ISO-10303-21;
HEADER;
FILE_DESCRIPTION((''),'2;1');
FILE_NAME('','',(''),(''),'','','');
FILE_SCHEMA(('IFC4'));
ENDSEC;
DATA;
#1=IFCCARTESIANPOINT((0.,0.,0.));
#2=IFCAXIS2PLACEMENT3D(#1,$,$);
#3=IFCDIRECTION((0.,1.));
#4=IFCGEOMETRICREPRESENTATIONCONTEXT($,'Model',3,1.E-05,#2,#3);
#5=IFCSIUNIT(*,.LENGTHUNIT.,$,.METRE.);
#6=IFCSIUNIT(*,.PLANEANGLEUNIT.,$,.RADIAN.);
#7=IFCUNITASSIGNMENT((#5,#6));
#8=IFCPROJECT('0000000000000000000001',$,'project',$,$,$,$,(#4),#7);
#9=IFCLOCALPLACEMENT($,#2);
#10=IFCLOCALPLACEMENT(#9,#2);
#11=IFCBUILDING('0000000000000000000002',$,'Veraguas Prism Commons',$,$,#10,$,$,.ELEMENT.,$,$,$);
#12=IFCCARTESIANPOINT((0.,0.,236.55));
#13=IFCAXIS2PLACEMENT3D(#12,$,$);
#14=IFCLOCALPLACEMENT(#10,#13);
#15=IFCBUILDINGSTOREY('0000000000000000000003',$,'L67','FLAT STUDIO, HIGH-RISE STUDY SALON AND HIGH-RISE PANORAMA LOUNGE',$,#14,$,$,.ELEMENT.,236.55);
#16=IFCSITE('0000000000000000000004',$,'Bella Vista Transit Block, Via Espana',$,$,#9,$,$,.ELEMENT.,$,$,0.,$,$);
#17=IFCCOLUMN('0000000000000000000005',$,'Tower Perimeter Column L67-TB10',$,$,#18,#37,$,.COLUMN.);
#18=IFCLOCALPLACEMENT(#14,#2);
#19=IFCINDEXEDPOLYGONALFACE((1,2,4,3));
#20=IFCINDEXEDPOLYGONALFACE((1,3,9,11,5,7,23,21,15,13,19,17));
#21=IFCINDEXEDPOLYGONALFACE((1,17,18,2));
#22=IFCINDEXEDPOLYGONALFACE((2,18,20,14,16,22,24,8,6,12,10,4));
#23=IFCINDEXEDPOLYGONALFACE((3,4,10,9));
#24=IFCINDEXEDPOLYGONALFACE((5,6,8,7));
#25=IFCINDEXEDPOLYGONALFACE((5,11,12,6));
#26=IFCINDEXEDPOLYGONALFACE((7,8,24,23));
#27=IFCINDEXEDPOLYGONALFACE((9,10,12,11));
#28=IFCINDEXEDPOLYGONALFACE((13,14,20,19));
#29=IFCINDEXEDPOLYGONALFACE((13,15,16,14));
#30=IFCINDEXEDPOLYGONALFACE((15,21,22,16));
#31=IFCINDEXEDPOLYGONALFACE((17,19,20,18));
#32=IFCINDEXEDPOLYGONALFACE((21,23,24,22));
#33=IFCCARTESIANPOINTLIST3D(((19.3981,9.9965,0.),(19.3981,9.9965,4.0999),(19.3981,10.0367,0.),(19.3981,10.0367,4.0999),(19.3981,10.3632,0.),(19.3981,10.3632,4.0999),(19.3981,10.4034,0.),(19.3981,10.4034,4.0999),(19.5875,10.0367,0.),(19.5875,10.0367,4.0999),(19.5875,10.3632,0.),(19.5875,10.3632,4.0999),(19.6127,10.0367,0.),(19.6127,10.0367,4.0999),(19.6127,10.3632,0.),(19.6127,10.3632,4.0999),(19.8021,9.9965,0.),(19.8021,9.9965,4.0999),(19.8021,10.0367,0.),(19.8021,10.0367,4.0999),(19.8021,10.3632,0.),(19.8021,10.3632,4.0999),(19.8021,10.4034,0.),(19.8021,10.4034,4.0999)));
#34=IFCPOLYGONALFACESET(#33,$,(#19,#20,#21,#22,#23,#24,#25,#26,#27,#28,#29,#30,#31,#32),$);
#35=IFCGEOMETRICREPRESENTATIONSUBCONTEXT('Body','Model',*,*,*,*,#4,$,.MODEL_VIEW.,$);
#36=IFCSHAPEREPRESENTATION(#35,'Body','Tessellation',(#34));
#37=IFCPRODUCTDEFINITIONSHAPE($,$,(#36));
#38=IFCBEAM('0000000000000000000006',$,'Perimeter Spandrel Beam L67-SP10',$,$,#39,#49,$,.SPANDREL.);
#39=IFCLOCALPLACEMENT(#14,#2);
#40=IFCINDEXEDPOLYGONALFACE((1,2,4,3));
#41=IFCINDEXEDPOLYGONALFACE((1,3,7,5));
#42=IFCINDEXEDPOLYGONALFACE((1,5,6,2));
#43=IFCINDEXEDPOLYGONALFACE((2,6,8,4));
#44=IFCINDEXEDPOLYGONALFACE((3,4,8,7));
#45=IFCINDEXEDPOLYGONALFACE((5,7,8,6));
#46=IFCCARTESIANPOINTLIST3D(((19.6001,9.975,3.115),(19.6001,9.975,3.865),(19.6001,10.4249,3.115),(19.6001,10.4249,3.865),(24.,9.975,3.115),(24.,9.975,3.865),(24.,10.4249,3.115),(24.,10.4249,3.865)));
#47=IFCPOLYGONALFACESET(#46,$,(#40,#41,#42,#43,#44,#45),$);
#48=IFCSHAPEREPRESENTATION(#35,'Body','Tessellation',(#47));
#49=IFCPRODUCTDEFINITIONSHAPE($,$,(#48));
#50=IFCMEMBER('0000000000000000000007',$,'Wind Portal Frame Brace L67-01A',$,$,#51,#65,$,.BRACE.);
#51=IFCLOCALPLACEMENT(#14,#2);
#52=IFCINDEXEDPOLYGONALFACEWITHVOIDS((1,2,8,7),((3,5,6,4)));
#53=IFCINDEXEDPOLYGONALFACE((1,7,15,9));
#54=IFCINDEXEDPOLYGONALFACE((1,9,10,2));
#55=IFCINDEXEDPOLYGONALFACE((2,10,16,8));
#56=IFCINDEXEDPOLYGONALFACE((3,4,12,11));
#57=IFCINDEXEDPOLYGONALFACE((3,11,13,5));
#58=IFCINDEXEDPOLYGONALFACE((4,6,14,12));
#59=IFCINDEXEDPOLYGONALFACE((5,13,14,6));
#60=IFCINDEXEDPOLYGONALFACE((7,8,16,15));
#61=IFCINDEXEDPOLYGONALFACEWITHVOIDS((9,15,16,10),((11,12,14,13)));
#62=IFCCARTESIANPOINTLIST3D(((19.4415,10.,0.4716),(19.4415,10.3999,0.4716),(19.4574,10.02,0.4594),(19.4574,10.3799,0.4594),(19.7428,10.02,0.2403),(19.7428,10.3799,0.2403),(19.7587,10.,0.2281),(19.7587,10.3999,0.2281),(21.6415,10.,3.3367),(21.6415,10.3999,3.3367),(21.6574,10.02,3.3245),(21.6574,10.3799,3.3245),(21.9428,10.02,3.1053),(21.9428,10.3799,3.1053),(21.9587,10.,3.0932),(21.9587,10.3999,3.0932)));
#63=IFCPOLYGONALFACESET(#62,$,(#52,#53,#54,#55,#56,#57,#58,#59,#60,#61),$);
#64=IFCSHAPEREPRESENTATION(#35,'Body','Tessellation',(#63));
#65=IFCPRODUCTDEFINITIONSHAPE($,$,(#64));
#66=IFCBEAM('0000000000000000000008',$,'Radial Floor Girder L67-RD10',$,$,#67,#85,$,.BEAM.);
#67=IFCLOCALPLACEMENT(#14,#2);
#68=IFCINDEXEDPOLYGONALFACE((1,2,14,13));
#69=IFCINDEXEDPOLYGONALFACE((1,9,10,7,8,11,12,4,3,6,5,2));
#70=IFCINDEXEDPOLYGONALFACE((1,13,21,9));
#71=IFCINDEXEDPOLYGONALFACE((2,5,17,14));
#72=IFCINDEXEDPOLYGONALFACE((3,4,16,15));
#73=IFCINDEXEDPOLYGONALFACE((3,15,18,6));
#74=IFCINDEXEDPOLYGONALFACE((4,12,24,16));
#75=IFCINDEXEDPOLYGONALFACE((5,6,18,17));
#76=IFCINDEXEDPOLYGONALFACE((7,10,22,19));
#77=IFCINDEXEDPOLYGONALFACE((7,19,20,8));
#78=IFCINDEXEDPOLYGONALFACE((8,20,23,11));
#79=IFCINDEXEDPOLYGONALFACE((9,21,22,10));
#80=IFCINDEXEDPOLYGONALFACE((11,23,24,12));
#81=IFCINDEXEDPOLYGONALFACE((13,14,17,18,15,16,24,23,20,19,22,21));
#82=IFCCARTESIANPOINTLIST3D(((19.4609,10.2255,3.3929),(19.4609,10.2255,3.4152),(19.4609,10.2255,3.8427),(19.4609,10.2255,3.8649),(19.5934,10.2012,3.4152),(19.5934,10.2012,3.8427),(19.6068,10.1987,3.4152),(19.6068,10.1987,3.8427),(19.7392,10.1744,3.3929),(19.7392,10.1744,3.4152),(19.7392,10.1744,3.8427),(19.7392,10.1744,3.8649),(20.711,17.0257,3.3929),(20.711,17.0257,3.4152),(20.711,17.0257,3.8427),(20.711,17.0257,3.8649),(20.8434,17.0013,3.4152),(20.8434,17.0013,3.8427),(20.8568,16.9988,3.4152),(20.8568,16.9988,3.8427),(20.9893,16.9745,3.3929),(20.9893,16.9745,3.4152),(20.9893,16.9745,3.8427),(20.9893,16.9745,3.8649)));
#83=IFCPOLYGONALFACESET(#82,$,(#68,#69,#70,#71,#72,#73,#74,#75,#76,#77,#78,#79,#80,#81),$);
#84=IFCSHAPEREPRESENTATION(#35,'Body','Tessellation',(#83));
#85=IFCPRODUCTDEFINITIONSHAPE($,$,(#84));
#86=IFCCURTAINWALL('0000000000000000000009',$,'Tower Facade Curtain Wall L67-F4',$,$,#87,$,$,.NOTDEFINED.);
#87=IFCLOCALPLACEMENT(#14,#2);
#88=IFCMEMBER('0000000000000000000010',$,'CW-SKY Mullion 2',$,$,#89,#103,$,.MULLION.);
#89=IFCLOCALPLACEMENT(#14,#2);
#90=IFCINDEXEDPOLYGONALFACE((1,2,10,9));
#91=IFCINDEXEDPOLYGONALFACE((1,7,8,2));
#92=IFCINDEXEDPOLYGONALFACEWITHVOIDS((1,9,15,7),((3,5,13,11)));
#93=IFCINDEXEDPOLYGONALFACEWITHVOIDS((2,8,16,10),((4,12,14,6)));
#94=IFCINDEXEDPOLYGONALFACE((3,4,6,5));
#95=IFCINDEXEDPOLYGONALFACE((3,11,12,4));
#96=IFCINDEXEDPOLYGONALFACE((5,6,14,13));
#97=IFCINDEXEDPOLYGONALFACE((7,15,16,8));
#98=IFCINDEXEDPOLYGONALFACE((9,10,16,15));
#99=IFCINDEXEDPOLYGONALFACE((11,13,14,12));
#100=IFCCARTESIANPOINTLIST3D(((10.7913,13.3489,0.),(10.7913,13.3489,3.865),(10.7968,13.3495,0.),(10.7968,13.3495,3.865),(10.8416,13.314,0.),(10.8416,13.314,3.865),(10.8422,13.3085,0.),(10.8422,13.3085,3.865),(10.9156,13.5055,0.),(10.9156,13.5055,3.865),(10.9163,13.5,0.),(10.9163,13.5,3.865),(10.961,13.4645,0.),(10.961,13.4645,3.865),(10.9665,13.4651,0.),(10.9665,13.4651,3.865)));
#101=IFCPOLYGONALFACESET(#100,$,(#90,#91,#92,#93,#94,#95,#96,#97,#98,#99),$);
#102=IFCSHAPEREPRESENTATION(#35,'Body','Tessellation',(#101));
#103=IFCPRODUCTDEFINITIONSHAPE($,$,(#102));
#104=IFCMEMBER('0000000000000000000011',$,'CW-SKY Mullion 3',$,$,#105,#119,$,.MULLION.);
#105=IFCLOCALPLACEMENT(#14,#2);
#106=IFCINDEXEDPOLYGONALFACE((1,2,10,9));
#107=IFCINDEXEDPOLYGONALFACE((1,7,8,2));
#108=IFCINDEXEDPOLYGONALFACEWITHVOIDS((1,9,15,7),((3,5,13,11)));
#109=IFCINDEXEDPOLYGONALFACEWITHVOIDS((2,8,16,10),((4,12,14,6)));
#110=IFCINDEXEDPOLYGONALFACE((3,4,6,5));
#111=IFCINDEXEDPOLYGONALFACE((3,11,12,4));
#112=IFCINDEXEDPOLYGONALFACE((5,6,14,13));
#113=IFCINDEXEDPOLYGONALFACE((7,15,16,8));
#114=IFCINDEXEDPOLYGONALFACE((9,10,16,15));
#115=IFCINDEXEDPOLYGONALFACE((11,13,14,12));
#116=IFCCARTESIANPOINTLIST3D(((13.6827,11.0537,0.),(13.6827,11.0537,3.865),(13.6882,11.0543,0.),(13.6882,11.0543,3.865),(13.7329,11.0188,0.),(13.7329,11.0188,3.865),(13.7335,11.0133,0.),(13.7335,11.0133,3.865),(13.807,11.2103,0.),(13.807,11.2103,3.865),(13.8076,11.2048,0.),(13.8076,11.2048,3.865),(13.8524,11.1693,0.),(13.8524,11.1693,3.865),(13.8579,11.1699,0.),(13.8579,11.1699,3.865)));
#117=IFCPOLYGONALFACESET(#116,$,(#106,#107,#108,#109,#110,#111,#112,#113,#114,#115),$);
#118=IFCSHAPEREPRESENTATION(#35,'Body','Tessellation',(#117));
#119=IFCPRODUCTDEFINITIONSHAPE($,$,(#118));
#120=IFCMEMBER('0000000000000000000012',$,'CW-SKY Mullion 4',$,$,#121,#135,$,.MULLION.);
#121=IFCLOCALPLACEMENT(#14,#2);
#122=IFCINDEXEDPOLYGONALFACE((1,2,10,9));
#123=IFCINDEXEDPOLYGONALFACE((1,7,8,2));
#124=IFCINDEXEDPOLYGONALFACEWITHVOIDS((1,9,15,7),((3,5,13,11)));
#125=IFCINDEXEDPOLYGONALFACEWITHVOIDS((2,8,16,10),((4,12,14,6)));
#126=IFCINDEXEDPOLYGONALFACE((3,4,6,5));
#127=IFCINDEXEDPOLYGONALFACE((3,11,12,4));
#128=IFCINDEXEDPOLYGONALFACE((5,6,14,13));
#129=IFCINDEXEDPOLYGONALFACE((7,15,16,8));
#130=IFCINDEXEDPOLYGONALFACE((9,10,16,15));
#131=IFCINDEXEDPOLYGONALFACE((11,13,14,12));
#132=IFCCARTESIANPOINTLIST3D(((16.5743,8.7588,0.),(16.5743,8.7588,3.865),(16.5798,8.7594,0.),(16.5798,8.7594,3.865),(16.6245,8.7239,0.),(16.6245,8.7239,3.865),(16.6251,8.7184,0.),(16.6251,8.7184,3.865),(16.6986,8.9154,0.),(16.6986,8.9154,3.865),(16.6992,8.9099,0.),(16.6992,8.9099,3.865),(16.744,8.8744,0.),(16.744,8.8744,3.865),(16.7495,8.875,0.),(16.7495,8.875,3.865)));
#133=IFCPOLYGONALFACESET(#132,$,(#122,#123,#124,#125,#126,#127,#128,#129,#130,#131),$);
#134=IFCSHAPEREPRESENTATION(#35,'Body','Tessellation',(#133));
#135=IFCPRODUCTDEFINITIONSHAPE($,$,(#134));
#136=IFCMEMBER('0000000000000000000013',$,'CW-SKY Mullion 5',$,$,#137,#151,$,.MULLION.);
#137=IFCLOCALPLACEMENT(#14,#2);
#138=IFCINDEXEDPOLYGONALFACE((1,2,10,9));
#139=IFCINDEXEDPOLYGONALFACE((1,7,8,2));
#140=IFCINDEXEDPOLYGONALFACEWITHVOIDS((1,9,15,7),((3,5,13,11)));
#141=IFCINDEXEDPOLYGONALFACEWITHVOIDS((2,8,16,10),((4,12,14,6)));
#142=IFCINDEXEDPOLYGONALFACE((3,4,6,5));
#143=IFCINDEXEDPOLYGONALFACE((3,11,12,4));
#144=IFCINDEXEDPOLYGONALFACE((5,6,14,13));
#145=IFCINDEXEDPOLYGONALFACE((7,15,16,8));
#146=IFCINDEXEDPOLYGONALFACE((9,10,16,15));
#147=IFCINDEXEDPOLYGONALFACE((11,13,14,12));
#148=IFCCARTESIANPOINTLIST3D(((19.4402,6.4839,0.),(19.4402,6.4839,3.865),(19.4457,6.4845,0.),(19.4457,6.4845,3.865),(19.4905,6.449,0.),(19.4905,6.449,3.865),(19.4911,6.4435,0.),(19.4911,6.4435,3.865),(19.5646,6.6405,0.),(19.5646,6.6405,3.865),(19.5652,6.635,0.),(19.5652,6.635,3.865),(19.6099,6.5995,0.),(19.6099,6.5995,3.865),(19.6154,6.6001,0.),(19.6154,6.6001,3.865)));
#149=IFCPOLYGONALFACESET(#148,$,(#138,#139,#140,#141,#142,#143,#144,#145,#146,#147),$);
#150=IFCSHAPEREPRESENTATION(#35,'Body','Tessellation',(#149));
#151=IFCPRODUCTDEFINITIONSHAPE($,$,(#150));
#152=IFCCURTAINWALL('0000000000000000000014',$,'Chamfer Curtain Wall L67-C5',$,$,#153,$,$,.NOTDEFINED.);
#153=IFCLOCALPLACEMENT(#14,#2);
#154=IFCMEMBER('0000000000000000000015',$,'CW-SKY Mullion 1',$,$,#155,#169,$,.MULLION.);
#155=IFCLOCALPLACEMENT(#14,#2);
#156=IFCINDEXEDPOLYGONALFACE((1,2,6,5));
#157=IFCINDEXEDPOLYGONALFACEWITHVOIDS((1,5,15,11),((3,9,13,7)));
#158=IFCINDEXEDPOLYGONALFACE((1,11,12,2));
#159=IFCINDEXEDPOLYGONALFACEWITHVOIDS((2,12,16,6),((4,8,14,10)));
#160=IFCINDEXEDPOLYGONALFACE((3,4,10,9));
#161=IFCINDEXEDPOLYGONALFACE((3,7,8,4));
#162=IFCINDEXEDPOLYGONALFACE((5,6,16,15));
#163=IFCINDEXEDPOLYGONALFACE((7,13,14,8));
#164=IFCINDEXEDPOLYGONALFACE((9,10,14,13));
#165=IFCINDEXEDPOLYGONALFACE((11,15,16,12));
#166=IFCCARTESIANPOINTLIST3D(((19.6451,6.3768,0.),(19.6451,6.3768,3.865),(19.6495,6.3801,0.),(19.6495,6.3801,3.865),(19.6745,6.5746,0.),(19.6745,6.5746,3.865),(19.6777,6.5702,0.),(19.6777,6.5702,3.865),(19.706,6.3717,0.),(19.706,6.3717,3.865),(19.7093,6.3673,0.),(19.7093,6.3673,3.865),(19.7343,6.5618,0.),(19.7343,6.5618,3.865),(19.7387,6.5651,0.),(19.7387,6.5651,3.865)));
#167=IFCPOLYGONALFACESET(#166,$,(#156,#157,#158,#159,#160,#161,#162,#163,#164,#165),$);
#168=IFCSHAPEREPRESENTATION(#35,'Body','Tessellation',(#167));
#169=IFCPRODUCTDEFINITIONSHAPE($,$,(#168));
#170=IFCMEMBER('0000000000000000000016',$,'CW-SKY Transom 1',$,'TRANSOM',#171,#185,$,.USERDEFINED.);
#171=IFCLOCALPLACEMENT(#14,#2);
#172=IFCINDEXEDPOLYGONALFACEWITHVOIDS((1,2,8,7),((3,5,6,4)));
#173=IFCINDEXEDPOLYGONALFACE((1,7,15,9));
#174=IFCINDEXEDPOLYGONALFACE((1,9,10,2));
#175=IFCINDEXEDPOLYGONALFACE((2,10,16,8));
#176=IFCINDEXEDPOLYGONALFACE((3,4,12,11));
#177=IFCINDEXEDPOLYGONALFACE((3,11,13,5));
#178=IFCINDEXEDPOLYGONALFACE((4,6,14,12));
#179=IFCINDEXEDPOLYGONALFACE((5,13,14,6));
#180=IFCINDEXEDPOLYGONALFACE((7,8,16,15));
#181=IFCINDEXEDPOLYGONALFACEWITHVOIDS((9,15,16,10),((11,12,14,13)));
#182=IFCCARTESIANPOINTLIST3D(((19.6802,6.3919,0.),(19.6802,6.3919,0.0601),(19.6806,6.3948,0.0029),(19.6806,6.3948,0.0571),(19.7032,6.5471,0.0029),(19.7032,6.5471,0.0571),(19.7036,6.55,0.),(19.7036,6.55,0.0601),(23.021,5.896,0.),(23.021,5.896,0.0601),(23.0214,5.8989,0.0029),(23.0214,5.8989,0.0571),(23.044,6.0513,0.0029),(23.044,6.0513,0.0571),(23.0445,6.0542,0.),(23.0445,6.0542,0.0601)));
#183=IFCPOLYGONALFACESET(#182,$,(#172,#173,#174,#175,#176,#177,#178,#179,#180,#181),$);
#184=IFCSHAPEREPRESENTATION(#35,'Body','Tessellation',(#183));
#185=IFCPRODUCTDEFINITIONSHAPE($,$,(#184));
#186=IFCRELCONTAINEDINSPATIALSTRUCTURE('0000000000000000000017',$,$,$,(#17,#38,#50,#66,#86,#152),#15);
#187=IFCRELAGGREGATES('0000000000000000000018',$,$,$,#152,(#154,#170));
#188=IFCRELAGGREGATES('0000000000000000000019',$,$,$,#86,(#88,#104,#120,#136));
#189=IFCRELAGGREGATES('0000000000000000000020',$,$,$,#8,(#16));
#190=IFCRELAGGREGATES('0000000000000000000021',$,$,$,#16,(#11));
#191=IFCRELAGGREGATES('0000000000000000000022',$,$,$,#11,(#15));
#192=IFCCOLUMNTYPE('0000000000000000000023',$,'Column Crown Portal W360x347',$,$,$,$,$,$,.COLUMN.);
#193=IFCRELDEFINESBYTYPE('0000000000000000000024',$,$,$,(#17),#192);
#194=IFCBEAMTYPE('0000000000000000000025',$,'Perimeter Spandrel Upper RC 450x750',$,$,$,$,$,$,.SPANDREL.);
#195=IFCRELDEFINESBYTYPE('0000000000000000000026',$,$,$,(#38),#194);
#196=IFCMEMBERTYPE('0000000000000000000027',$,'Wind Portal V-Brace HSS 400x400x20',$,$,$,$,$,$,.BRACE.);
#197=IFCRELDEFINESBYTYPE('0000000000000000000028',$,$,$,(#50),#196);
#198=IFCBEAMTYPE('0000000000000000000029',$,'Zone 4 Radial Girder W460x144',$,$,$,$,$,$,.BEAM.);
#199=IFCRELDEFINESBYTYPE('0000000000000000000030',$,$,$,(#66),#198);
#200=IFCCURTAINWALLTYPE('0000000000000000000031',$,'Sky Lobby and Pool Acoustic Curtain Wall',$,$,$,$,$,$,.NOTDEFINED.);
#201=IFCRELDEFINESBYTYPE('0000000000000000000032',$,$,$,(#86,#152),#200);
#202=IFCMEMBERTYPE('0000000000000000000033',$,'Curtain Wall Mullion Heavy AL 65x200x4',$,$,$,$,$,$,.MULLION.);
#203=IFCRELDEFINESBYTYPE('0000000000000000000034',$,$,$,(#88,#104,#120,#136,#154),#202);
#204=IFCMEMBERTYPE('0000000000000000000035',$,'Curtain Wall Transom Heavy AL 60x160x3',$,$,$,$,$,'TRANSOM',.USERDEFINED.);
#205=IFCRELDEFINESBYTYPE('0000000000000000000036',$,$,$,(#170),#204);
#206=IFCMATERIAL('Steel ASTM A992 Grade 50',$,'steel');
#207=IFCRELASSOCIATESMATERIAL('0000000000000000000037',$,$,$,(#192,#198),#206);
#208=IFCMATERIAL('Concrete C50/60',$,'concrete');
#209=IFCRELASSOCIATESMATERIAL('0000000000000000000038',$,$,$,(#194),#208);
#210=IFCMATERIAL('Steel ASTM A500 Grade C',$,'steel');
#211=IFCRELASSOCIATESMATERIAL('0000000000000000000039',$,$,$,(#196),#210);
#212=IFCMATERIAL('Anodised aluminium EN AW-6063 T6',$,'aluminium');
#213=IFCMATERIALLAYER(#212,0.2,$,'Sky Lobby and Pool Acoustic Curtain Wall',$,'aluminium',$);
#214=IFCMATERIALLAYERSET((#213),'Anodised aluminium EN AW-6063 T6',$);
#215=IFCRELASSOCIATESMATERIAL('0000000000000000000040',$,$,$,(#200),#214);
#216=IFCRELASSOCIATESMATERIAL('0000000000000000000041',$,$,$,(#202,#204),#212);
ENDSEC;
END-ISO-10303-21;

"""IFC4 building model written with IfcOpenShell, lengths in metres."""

from ifc_helpers import new_model, si_unit, direction, frame, origin, origin_2d, place, context, subcontext, project, spatial, rectangle, hollow_rectangle, i_section, extrude, source, transform, mapped, material, layer, layer_set, material_profile, profile_set, type_object, element, aggregate, save


model = new_model("IFC4")

# Units and contexts
model_context = context("Model", 3, precision=1e-05, world=origin(), true_north=direction((0.0, 1.0)))
body_context = subcontext(model_context, "Body", "Model", "MODEL_VIEW")
ifc_project = project(units=[si_unit("LENGTHUNIT", "METRE"), si_unit("PLANEANGLEUNIT", "RADIAN")], contexts=[model_context])

# Site, building, storey
site_placement = place(None, origin())
site = spatial("IfcSite", under=ifc_project, at=site_placement, Name="Bella Vista Transit Block, Via Espana", CompositionType="ELEMENT", RefElevation=0.0)
building_placement = place(site_placement, origin())
building = spatial("IfcBuilding", under=site, at=building_placement, Name="Veraguas Prism Commons", CompositionType="ELEMENT")
storey_placement = place(building_placement, frame((0.0, 0.0, 236.55)))
storey = spatial("IfcBuildingStorey", under=building, at=storey_placement, Name="L67", Description="FLAT STUDIO, HIGH-RISE STUDY SALON AND HIGH-RISE PANORAMA LOUNGE", CompositionType="ELEMENT", Elevation=236.55)

# Column
ifc_material_1 = material(Name="Steel ASTM A992 Grade 50", Category="steel")
ifc_material_profile_1 = material_profile(ifc_material_1, i_section(OverallWidth=0.4041, OverallDepth=0.407, WebThickness=0.0251, FlangeThickness=0.0403, at=origin_2d()), Name="W360X347")
ifc_profile_set_1 = profile_set([ifc_material_profile_1], Name="Steel ASTM A992 Grade 50")
column_type = type_object("IfcColumnType", Name="Column Crown Portal W360x347", PredefinedType="COLUMN", material=ifc_profile_set_1)
column_placement = place(storey_placement, frame((19.6001, 10.2, 0.0), z_axis=(0.0, 0.0, 1.0), x_axis=(1.0, 0.0, 0.0)))
element("IfcColumn", 1, at=column_placement, inside=storey, type_object=column_type, Name="Tower Perimeter Column L67-TB10", PredefinedType="COLUMN", context=body_context, shape_type="SweptSolid", body=[
    extrude(i_section(OverallWidth=0.4041, OverallDepth=0.407, WebThickness=0.0251, FlangeThickness=0.0403, at=origin_2d()), origin(), (0.0, 0.0, 1.0), 4.0999),
])

# Beam
ifc_material_2 = material(Name="Concrete C50/60", Category="concrete")
ifc_material_profile_2 = material_profile(ifc_material_2, rectangle(XDim=0.45, YDim=0.75, at=origin_2d()), Name="RC450X750")
ifc_profile_set_2 = profile_set([ifc_material_profile_2], Name="Concrete C50/60")
beam_type_1 = type_object("IfcBeamType", Name="Perimeter Spandrel Upper RC 450x750", PredefinedType="SPANDREL", material=ifc_profile_set_2)
beam_1_placement = place(storey_placement, frame((19.6001, 10.2, 3.49), z_axis=(1.0, 0.0, 0.0), x_axis=(0.0, 1.0, 0.0)))
element("IfcBeam", 2, at=beam_1_placement, inside=storey, type_object=beam_type_1, Name="Perimeter Spandrel Beam L67-SP10", PredefinedType="SPANDREL", context=body_context, shape_type="SweptSolid", body=[
    extrude(rectangle(XDim=0.45, YDim=0.75, at=origin_2d()), origin(), (0.0, 0.0, 1.0), 4.3999),
])

# Member
ifc_material_3 = material(Name="Steel ASTM A500 Grade C", Category="steel")
ifc_material_profile_3 = material_profile(ifc_material_3, hollow_rectangle(XDim=0.3999, YDim=0.3999, WallThickness=0.02, at=origin_2d()), Name="HSS400X400X20")
ifc_profile_set_3 = profile_set([ifc_material_profile_3], Name="Steel ASTM A500 Grade C")
member_type_1 = type_object("IfcMemberType", Name="Wind Portal V-Brace HSS 400x400x20", PredefinedType="BRACE", material=ifc_profile_set_3)
member_1_placement = place(storey_placement, frame((19.6001, 10.2, 0.3499), z_axis=(0.609034, 0.0, 0.793144), x_axis=(0.0, 1.0, 0.0)))
element("IfcMember", 3, at=member_1_placement, inside=storey, type_object=member_type_1, Name="Wind Portal Frame Brace L67-01A", PredefinedType="BRACE", context=body_context, shape_type="SweptSolid", body=[
    extrude(hollow_rectangle(XDim=0.3999, YDim=0.3999, WallThickness=0.02, at=origin_2d()), origin(), (0.0, 0.0, 1.0), 3.6123),
])

# Beam
ifc_material_profile_4 = material_profile(ifc_material_1, i_section(OverallWidth=0.283, OverallDepth=0.4719, WebThickness=0.0137, FlangeThickness=0.0222, at=origin_2d()), Name="W460X144")
ifc_profile_set_4 = profile_set([ifc_material_profile_4], Name="Steel ASTM A992 Grade 50")
beam_type_2 = type_object("IfcBeamType", Name="Zone 4 Radial Girder W460x144", PredefinedType="BEAM", material=ifc_profile_set_4)
beam_2_placement = place(storey_placement, frame((19.6001, 10.2, 3.6289), z_axis=(0.180793, 0.983521, 0.0), x_axis=(-0.983521, 0.180793, 0.0)))
element("IfcBeam", 4, at=beam_2_placement, inside=storey, type_object=beam_type_2, Name="Radial Floor Girder L67-RD10", PredefinedType="BEAM", context=body_context, shape_type="SweptSolid", body=[
    extrude(i_section(OverallWidth=0.283, OverallDepth=0.4719, WebThickness=0.0137, FlangeThickness=0.0222, at=origin_2d()), origin(), (0.0, 0.0, 1.0), 6.9141),
])

# Curtain walls, members
ifc_material_4 = material(Name="Anodised aluminium EN AW-6063 T6", Category="aluminium")
ifc_layer_1 = layer(ifc_material_4, 0.2, Name="Sky Lobby and Pool Acoustic Curtain Wall", Category="aluminium")
ifc_layer_set_1 = layer_set([ifc_layer_1], Name="Anodised aluminium EN AW-6063 T6")
curtain_wall_type = type_object("IfcCurtainWallType", Name="Sky Lobby and Pool Acoustic Curtain Wall", PredefinedType="NOTDEFINED", material=ifc_layer_set_1)
curtain_wall_1_placement = place(storey_placement, origin())
curtain_wall_1 = element("IfcCurtainWall", 5, at=curtain_wall_1_placement, inside=storey, type_object=curtain_wall_type, Name="Tower Facade Curtain Wall L67-F4", PredefinedType="NOTDEFINED")
ifc_material_profile_5 = material_profile(ifc_material_4, hollow_rectangle(XDim=0.0649, YDim=0.2, WallThickness=0.0039, at=origin_2d()), Name="AL65X200X4")
ifc_profile_set_5 = profile_set([ifc_material_profile_5], Name="Anodised aluminium EN AW-6063 T6")
member_type_2 = type_object("IfcMemberType", Name="Curtain Wall Mullion Heavy AL 65x200x4", PredefinedType="MULLION", material=ifc_profile_set_5)
shared_shape_1 = source(origin(), body_context, "Body", "SweptSolid", [
    extrude(hollow_rectangle(XDim=0.0649, YDim=0.2, WallThickness=0.0039, at=origin_2d()), origin(), (0.0, 0.0, 1.0), 3.865),
])
member_2_placement = place(storey_placement, frame((10.8789, 13.407, 0.0), z_axis=(0.0, 0.0, 1.0), x_axis=(0.783259, -0.621696, 0.0)))
member_2 = element("IfcMember", 6, at=member_2_placement, type_object=member_type_2, Name="CW-SKY Mullion 2", PredefinedType="MULLION", context=body_context, shape_type="MappedRepresentation", body=[
    mapped(shared_shape_1, transform((0.0, 0.0, 0.0), scale=1.0)),
])
member_3_placement = place(storey_placement, frame((13.7703, 11.1118, 0.0), z_axis=(0.0, 0.0, 1.0), x_axis=(0.783259, -0.621696, 0.0)))
member_3 = element("IfcMember", 7, at=member_3_placement, type_object=member_type_2, Name="CW-SKY Mullion 3", PredefinedType="MULLION", context=body_context, shape_type="MappedRepresentation", body=[
    mapped(shared_shape_1, transform((0.0, 0.0, 0.0), scale=1.0)),
])
member_4_placement = place(storey_placement, frame((16.6619, 8.8169, 0.0), z_axis=(0.0, 0.0, 1.0), x_axis=(0.783259, -0.621696, 0.0)))
member_4 = element("IfcMember", 8, at=member_4_placement, type_object=member_type_2, Name="CW-SKY Mullion 4", PredefinedType="MULLION", context=body_context, shape_type="MappedRepresentation", body=[
    mapped(shared_shape_1, transform((0.0, 0.0, 0.0), scale=1.0)),
])
member_5_placement = place(storey_placement, frame((19.5278, 6.542, 0.0), z_axis=(0.0, 0.0, 1.0), x_axis=(0.783259, -0.621696, 0.0)))
member_5 = element("IfcMember", 9, at=member_5_placement, type_object=member_type_2, Name="CW-SKY Mullion 5", PredefinedType="MULLION", context=body_context, shape_type="MappedRepresentation", body=[
    mapped(shared_shape_1, transform((0.0, 0.0, 0.0), scale=1.0)),
])
curtain_wall_2_placement = place(storey_placement, origin())
curtain_wall_2 = element("IfcCurtainWall", 10, at=curtain_wall_2_placement, inside=storey, type_object=curtain_wall_type, Name="Chamfer Curtain Wall L67-C5", PredefinedType="NOTDEFINED")
member_6_placement = place(storey_placement, frame((19.6919, 6.4709, 0.0), z_axis=(0.0, 0.0, 1.0), x_axis=(0.989168, -0.146787, 0.0)))
member_6 = element("IfcMember", 11, at=member_6_placement, type_object=member_type_2, Name="CW-SKY Mullion 1", PredefinedType="MULLION", context=body_context, shape_type="MappedRepresentation", body=[
    mapped(shared_shape_1, transform((0.0, 0.0, 0.0), scale=1.0)),
])
ifc_material_profile_6 = material_profile(ifc_material_4, hollow_rectangle(XDim=0.0601, YDim=0.1599, WallThickness=0.0029, at=origin_2d()), Name="AL60X160X3")
ifc_profile_set_6 = profile_set([ifc_material_profile_6], Name="Anodised aluminium EN AW-6063 T6")
member_type_3 = type_object("IfcMemberType", Name="Curtain Wall Transom Heavy AL 60x160x3", ElementType="TRANSOM", PredefinedType="USERDEFINED", material=ifc_profile_set_6)
shared_shape_2 = source(origin(), body_context, "Body", "SweptSolid", [
    extrude(hollow_rectangle(XDim=0.0601, YDim=0.1599, WallThickness=0.0029, at=origin_2d()), origin(), (0.0, 0.0, 1.0), 3.3774),
])
member_7_placement = place(storey_placement, frame((19.6919, 6.4709, 0.03), z_axis=(0.989164, -0.146813, 0.0), x_axis=(0.0, 0.0, 1.0)))
member_7 = element("IfcMember", 12, at=member_7_placement, type_object=member_type_3, Name="CW-SKY Transom 1", ObjectType="TRANSOM", PredefinedType="USERDEFINED", context=body_context, shape_type="MappedRepresentation", body=[
    mapped(shared_shape_2, transform((0.0, 0.0, 0.0), scale=1.0)),
])
aggregate(curtain_wall_2, [member_6, member_7])

aggregate(curtain_wall_1, [member_2, member_3, member_4, member_5])

save(model, "model.ifc")
